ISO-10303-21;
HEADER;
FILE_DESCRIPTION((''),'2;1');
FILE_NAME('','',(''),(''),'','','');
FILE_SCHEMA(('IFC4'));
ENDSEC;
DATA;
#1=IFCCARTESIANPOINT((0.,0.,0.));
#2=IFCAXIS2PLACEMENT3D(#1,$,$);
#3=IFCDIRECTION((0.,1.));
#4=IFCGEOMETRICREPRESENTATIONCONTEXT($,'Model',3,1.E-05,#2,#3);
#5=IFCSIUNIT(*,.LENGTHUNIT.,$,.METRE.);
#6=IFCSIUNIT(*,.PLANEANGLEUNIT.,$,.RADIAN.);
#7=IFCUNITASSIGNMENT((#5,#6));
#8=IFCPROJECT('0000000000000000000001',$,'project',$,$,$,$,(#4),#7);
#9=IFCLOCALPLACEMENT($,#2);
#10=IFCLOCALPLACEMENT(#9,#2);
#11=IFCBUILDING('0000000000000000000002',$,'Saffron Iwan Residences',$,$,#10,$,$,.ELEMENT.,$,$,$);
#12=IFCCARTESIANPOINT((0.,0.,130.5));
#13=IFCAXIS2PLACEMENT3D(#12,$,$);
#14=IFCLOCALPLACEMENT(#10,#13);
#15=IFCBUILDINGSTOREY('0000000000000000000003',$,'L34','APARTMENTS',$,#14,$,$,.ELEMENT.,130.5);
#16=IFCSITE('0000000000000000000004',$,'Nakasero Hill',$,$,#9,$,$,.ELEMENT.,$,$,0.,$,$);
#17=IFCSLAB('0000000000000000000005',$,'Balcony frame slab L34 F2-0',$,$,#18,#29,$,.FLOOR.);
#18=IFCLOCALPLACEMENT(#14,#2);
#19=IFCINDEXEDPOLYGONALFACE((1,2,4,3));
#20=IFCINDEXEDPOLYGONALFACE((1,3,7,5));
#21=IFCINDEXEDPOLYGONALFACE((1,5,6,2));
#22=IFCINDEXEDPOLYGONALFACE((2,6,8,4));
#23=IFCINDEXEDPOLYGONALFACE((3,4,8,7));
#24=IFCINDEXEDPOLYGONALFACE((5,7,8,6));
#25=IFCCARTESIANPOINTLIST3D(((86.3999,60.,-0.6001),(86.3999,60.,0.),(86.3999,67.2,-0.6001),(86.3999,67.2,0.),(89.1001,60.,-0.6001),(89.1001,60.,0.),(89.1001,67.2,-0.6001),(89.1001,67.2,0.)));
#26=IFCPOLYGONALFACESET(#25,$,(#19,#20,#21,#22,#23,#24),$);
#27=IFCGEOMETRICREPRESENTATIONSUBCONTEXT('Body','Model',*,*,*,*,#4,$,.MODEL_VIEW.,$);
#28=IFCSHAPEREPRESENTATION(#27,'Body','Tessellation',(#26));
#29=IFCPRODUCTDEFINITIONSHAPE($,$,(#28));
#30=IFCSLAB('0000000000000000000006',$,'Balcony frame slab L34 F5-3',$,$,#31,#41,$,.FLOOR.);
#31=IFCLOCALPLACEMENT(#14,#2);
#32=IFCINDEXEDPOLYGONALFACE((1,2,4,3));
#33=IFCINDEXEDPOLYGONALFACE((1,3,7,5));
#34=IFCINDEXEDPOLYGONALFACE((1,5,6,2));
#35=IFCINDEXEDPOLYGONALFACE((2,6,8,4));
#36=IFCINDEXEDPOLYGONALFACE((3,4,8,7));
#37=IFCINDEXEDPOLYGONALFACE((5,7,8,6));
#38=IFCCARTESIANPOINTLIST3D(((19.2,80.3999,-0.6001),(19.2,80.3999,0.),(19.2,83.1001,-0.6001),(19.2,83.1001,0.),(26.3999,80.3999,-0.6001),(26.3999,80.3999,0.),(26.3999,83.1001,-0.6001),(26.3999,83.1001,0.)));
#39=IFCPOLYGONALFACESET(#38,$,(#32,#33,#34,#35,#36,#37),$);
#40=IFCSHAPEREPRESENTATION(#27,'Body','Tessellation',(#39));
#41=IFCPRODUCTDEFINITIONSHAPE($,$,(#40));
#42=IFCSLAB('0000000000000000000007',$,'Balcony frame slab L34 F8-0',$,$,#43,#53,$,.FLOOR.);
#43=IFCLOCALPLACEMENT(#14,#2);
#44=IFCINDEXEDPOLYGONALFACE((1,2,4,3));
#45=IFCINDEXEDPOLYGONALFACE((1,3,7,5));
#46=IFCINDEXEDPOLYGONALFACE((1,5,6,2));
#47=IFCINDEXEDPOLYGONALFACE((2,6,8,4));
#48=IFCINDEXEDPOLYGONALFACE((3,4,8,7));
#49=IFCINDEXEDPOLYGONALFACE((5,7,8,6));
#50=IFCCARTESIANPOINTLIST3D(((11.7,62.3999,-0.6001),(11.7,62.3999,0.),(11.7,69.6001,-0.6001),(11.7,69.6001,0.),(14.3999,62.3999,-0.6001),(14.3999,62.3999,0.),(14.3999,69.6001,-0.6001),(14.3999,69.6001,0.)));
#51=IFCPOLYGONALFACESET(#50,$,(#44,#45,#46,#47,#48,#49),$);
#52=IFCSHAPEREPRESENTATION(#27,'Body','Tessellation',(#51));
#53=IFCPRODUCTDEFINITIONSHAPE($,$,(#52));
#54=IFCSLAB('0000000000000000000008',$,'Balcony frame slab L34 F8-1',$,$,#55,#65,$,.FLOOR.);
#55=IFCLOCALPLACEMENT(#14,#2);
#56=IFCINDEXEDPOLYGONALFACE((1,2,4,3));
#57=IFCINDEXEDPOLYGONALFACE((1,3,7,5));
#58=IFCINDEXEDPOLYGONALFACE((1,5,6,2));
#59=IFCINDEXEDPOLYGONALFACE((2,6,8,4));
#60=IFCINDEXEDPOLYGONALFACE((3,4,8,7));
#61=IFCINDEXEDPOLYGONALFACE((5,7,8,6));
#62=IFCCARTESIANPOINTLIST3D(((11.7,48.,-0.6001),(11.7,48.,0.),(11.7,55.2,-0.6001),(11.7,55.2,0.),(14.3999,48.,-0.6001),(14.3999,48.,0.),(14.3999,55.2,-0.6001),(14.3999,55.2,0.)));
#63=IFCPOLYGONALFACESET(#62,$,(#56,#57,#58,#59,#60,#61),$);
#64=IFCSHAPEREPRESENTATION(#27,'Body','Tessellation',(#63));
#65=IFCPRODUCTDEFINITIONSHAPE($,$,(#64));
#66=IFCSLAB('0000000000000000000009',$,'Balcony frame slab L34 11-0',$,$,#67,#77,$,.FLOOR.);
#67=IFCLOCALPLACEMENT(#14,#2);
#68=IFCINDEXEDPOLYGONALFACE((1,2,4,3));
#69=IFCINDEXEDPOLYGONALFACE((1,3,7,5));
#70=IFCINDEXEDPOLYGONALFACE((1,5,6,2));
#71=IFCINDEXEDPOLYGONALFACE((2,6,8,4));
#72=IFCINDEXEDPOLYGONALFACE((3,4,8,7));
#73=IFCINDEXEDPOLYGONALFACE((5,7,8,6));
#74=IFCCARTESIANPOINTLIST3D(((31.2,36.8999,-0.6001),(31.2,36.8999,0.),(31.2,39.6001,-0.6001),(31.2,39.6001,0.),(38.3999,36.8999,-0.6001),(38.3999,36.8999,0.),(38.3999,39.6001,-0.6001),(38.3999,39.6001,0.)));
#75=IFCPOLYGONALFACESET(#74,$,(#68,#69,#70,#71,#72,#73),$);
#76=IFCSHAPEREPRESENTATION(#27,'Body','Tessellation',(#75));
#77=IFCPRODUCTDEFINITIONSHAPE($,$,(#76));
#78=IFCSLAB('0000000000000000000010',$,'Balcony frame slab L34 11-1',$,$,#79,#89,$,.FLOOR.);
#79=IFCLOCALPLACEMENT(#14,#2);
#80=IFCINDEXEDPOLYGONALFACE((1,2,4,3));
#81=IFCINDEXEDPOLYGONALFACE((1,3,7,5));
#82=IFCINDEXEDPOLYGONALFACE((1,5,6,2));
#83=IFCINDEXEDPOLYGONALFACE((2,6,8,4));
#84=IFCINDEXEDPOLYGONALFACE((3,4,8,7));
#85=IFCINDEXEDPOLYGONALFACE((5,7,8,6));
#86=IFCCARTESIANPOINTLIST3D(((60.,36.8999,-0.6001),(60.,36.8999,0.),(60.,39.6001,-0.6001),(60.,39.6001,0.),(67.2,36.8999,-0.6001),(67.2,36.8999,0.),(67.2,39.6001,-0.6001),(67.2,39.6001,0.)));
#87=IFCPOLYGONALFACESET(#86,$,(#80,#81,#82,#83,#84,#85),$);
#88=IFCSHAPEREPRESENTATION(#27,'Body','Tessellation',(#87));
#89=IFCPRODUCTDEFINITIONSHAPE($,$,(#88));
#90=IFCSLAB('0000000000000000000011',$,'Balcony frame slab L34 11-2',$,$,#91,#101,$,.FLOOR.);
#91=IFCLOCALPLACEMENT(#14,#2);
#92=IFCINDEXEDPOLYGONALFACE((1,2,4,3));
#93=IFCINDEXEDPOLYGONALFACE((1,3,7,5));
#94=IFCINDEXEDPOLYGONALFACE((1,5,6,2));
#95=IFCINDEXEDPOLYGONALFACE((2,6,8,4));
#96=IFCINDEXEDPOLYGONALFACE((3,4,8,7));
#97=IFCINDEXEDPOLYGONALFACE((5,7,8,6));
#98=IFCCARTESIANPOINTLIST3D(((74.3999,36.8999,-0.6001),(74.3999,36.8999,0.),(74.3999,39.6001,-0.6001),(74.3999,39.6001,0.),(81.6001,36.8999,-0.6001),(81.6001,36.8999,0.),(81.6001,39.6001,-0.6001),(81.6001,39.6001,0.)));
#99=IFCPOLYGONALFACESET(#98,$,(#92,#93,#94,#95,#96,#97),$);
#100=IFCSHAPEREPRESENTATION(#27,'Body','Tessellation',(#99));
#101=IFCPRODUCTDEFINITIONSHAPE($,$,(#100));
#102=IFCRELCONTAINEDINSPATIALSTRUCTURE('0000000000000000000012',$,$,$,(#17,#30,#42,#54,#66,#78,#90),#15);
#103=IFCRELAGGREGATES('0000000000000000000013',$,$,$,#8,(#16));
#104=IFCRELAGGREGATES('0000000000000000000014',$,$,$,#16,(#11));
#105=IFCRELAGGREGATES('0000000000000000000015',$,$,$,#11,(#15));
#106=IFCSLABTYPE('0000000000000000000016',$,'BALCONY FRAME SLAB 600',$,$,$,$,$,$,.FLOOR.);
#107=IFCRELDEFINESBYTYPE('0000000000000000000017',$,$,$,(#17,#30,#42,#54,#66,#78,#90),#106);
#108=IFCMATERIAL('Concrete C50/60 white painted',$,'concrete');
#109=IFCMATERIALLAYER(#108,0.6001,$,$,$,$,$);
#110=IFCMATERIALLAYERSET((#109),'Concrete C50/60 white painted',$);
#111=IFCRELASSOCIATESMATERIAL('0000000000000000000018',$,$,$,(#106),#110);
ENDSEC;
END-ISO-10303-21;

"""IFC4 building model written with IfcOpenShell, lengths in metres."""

from ifc_helpers import new_model, si_unit, direction, frame, origin, place, context, subcontext, project, spatial, polyline, outline, extrude, material, layer, layer_set, type_object, element, save


model = new_model("IFC4")

# Units and contexts
model_context = context("Model", 3, precision=1e-05, world=origin(), true_north=direction((0.0, 1.0)))
body_context = subcontext(model_context, "Body", "Model", "MODEL_VIEW")
ifc_project = project(units=[si_unit("LENGTHUNIT", "METRE"), si_unit("PLANEANGLEUNIT", "RADIAN")], contexts=[model_context])

# Site, building, storey
site_placement = place(None, origin())
site = spatial("IfcSite", under=ifc_project, at=site_placement, Name="Nakasero Hill", CompositionType="ELEMENT", RefElevation=0.0)
building_placement = place(site_placement, origin())
building = spatial("IfcBuilding", under=site, at=building_placement, Name="Saffron Iwan Residences", CompositionType="ELEMENT")
storey_placement = place(building_placement, frame((0.0, 0.0, 130.5)))
storey = spatial("IfcBuildingStorey", under=building, at=storey_placement, Name="L34", Description="APARTMENTS", CompositionType="ELEMENT", Elevation=130.5)

# Slabs
ifc_material_1 = material(Name="Concrete C50/60 white painted", Category="concrete")
ifc_layer_1 = layer(ifc_material_1, 0.6001)
ifc_layer_set_1 = layer_set([ifc_layer_1], Name="Concrete C50/60 white painted")
slab_type_1 = type_object("IfcSlabType", Name="BALCONY FRAME SLAB 600", PredefinedType="FLOOR", material=ifc_layer_set_1)
slab_1_placement = place(storey_placement, frame((0.0, 0.0, -0.6001)))
element("IfcSlab", 1, at=slab_1_placement, inside=storey, type_object=slab_type_1, Name="Balcony frame slab L34 F2-0", PredefinedType="FLOOR", context=body_context, shape_type="SweptSolid", body=[
    extrude(outline(polyline([(89.1001, 60.0), (89.1001, 67.2), (86.3999, 67.2), (86.3999, 60.0), (89.1001, 60.0)])), origin(), (0.0, 0.0, 1.0), 0.6001),
])
slab_2_placement = place(storey_placement, frame((0.0, 0.0, -0.6001)))
element("IfcSlab", 2, at=slab_2_placement, inside=storey, type_object=slab_type_1, Name="Balcony frame slab L34 F5-3", PredefinedType="FLOOR", context=body_context, shape_type="SweptSolid", body=[
    extrude(outline(polyline([(26.3999, 83.1001), (19.2, 83.1001), (19.2, 80.3999), (26.3999, 80.3999), (26.3999, 83.1001)])), origin(), (0.0, 0.0, 1.0), 0.6001),
])
slab_3_placement = place(storey_placement, frame((0.0, 0.0, -0.6001)))
element("IfcSlab", 3, at=slab_3_placement, inside=storey, type_object=slab_type_1, Name="Balcony frame slab L34 F8-0", PredefinedType="FLOOR", context=body_context, shape_type="SweptSolid", body=[
    extrude(outline(polyline([(11.7, 69.6001), (11.7, 62.3999), (14.3999, 62.3999), (14.3999, 69.6001), (11.7, 69.6001)])), origin(), (0.0, 0.0, 1.0), 0.6001),
])
slab_4_placement = place(storey_placement, frame((0.0, 0.0, -0.6001)))
element("IfcSlab", 4, at=slab_4_placement, inside=storey, type_object=slab_type_1, Name="Balcony frame slab L34 F8-1", PredefinedType="FLOOR", context=body_context, shape_type="SweptSolid", body=[
    extrude(outline(polyline([(11.7, 55.2), (11.7, 48.0), (14.3999, 48.0), (14.3999, 55.2), (11.7, 55.2)])), origin(), (0.0, 0.0, 1.0), 0.6001),
])
slab_5_placement = place(storey_placement, frame((0.0, 0.0, -0.6001)))
element("IfcSlab", 5, at=slab_5_placement, inside=storey, type_object=slab_type_1, Name="Balcony frame slab L34 11-0", PredefinedType="FLOOR", context=body_context, shape_type="SweptSolid", body=[
    extrude(outline(polyline([(31.2, 36.8999), (38.3999, 36.8999), (38.3999, 39.6001), (31.2, 39.6001), (31.2, 36.8999)])), origin(), (0.0, 0.0, 1.0), 0.6001),
])
slab_6_placement = place(storey_placement, frame((0.0, 0.0, -0.6001)))
element("IfcSlab", 6, at=slab_6_placement, inside=storey, type_object=slab_type_1, Name="Balcony frame slab L34 11-1", PredefinedType="FLOOR", context=body_context, shape_type="SweptSolid", body=[
    extrude(outline(polyline([(60.0, 36.8999), (67.2, 36.8999), (67.2, 39.6001), (60.0, 39.6001), (60.0, 36.8999)])), origin(), (0.0, 0.0, 1.0), 0.6001),
])
slab_7_placement = place(storey_placement, frame((0.0, 0.0, -0.6001)))
element("IfcSlab", 7, at=slab_7_placement, inside=storey, type_object=slab_type_1, Name="Balcony frame slab L34 11-2", PredefinedType="FLOOR", context=body_context, shape_type="SweptSolid", body=[
    extrude(outline(polyline([(74.3999, 36.8999), (81.6001, 36.8999), (81.6001, 39.6001), (74.3999, 39.6001), (74.3999, 36.8999)])), origin(), (0.0, 0.0, 1.0), 0.6001),
])

save(model, "model.ifc")
